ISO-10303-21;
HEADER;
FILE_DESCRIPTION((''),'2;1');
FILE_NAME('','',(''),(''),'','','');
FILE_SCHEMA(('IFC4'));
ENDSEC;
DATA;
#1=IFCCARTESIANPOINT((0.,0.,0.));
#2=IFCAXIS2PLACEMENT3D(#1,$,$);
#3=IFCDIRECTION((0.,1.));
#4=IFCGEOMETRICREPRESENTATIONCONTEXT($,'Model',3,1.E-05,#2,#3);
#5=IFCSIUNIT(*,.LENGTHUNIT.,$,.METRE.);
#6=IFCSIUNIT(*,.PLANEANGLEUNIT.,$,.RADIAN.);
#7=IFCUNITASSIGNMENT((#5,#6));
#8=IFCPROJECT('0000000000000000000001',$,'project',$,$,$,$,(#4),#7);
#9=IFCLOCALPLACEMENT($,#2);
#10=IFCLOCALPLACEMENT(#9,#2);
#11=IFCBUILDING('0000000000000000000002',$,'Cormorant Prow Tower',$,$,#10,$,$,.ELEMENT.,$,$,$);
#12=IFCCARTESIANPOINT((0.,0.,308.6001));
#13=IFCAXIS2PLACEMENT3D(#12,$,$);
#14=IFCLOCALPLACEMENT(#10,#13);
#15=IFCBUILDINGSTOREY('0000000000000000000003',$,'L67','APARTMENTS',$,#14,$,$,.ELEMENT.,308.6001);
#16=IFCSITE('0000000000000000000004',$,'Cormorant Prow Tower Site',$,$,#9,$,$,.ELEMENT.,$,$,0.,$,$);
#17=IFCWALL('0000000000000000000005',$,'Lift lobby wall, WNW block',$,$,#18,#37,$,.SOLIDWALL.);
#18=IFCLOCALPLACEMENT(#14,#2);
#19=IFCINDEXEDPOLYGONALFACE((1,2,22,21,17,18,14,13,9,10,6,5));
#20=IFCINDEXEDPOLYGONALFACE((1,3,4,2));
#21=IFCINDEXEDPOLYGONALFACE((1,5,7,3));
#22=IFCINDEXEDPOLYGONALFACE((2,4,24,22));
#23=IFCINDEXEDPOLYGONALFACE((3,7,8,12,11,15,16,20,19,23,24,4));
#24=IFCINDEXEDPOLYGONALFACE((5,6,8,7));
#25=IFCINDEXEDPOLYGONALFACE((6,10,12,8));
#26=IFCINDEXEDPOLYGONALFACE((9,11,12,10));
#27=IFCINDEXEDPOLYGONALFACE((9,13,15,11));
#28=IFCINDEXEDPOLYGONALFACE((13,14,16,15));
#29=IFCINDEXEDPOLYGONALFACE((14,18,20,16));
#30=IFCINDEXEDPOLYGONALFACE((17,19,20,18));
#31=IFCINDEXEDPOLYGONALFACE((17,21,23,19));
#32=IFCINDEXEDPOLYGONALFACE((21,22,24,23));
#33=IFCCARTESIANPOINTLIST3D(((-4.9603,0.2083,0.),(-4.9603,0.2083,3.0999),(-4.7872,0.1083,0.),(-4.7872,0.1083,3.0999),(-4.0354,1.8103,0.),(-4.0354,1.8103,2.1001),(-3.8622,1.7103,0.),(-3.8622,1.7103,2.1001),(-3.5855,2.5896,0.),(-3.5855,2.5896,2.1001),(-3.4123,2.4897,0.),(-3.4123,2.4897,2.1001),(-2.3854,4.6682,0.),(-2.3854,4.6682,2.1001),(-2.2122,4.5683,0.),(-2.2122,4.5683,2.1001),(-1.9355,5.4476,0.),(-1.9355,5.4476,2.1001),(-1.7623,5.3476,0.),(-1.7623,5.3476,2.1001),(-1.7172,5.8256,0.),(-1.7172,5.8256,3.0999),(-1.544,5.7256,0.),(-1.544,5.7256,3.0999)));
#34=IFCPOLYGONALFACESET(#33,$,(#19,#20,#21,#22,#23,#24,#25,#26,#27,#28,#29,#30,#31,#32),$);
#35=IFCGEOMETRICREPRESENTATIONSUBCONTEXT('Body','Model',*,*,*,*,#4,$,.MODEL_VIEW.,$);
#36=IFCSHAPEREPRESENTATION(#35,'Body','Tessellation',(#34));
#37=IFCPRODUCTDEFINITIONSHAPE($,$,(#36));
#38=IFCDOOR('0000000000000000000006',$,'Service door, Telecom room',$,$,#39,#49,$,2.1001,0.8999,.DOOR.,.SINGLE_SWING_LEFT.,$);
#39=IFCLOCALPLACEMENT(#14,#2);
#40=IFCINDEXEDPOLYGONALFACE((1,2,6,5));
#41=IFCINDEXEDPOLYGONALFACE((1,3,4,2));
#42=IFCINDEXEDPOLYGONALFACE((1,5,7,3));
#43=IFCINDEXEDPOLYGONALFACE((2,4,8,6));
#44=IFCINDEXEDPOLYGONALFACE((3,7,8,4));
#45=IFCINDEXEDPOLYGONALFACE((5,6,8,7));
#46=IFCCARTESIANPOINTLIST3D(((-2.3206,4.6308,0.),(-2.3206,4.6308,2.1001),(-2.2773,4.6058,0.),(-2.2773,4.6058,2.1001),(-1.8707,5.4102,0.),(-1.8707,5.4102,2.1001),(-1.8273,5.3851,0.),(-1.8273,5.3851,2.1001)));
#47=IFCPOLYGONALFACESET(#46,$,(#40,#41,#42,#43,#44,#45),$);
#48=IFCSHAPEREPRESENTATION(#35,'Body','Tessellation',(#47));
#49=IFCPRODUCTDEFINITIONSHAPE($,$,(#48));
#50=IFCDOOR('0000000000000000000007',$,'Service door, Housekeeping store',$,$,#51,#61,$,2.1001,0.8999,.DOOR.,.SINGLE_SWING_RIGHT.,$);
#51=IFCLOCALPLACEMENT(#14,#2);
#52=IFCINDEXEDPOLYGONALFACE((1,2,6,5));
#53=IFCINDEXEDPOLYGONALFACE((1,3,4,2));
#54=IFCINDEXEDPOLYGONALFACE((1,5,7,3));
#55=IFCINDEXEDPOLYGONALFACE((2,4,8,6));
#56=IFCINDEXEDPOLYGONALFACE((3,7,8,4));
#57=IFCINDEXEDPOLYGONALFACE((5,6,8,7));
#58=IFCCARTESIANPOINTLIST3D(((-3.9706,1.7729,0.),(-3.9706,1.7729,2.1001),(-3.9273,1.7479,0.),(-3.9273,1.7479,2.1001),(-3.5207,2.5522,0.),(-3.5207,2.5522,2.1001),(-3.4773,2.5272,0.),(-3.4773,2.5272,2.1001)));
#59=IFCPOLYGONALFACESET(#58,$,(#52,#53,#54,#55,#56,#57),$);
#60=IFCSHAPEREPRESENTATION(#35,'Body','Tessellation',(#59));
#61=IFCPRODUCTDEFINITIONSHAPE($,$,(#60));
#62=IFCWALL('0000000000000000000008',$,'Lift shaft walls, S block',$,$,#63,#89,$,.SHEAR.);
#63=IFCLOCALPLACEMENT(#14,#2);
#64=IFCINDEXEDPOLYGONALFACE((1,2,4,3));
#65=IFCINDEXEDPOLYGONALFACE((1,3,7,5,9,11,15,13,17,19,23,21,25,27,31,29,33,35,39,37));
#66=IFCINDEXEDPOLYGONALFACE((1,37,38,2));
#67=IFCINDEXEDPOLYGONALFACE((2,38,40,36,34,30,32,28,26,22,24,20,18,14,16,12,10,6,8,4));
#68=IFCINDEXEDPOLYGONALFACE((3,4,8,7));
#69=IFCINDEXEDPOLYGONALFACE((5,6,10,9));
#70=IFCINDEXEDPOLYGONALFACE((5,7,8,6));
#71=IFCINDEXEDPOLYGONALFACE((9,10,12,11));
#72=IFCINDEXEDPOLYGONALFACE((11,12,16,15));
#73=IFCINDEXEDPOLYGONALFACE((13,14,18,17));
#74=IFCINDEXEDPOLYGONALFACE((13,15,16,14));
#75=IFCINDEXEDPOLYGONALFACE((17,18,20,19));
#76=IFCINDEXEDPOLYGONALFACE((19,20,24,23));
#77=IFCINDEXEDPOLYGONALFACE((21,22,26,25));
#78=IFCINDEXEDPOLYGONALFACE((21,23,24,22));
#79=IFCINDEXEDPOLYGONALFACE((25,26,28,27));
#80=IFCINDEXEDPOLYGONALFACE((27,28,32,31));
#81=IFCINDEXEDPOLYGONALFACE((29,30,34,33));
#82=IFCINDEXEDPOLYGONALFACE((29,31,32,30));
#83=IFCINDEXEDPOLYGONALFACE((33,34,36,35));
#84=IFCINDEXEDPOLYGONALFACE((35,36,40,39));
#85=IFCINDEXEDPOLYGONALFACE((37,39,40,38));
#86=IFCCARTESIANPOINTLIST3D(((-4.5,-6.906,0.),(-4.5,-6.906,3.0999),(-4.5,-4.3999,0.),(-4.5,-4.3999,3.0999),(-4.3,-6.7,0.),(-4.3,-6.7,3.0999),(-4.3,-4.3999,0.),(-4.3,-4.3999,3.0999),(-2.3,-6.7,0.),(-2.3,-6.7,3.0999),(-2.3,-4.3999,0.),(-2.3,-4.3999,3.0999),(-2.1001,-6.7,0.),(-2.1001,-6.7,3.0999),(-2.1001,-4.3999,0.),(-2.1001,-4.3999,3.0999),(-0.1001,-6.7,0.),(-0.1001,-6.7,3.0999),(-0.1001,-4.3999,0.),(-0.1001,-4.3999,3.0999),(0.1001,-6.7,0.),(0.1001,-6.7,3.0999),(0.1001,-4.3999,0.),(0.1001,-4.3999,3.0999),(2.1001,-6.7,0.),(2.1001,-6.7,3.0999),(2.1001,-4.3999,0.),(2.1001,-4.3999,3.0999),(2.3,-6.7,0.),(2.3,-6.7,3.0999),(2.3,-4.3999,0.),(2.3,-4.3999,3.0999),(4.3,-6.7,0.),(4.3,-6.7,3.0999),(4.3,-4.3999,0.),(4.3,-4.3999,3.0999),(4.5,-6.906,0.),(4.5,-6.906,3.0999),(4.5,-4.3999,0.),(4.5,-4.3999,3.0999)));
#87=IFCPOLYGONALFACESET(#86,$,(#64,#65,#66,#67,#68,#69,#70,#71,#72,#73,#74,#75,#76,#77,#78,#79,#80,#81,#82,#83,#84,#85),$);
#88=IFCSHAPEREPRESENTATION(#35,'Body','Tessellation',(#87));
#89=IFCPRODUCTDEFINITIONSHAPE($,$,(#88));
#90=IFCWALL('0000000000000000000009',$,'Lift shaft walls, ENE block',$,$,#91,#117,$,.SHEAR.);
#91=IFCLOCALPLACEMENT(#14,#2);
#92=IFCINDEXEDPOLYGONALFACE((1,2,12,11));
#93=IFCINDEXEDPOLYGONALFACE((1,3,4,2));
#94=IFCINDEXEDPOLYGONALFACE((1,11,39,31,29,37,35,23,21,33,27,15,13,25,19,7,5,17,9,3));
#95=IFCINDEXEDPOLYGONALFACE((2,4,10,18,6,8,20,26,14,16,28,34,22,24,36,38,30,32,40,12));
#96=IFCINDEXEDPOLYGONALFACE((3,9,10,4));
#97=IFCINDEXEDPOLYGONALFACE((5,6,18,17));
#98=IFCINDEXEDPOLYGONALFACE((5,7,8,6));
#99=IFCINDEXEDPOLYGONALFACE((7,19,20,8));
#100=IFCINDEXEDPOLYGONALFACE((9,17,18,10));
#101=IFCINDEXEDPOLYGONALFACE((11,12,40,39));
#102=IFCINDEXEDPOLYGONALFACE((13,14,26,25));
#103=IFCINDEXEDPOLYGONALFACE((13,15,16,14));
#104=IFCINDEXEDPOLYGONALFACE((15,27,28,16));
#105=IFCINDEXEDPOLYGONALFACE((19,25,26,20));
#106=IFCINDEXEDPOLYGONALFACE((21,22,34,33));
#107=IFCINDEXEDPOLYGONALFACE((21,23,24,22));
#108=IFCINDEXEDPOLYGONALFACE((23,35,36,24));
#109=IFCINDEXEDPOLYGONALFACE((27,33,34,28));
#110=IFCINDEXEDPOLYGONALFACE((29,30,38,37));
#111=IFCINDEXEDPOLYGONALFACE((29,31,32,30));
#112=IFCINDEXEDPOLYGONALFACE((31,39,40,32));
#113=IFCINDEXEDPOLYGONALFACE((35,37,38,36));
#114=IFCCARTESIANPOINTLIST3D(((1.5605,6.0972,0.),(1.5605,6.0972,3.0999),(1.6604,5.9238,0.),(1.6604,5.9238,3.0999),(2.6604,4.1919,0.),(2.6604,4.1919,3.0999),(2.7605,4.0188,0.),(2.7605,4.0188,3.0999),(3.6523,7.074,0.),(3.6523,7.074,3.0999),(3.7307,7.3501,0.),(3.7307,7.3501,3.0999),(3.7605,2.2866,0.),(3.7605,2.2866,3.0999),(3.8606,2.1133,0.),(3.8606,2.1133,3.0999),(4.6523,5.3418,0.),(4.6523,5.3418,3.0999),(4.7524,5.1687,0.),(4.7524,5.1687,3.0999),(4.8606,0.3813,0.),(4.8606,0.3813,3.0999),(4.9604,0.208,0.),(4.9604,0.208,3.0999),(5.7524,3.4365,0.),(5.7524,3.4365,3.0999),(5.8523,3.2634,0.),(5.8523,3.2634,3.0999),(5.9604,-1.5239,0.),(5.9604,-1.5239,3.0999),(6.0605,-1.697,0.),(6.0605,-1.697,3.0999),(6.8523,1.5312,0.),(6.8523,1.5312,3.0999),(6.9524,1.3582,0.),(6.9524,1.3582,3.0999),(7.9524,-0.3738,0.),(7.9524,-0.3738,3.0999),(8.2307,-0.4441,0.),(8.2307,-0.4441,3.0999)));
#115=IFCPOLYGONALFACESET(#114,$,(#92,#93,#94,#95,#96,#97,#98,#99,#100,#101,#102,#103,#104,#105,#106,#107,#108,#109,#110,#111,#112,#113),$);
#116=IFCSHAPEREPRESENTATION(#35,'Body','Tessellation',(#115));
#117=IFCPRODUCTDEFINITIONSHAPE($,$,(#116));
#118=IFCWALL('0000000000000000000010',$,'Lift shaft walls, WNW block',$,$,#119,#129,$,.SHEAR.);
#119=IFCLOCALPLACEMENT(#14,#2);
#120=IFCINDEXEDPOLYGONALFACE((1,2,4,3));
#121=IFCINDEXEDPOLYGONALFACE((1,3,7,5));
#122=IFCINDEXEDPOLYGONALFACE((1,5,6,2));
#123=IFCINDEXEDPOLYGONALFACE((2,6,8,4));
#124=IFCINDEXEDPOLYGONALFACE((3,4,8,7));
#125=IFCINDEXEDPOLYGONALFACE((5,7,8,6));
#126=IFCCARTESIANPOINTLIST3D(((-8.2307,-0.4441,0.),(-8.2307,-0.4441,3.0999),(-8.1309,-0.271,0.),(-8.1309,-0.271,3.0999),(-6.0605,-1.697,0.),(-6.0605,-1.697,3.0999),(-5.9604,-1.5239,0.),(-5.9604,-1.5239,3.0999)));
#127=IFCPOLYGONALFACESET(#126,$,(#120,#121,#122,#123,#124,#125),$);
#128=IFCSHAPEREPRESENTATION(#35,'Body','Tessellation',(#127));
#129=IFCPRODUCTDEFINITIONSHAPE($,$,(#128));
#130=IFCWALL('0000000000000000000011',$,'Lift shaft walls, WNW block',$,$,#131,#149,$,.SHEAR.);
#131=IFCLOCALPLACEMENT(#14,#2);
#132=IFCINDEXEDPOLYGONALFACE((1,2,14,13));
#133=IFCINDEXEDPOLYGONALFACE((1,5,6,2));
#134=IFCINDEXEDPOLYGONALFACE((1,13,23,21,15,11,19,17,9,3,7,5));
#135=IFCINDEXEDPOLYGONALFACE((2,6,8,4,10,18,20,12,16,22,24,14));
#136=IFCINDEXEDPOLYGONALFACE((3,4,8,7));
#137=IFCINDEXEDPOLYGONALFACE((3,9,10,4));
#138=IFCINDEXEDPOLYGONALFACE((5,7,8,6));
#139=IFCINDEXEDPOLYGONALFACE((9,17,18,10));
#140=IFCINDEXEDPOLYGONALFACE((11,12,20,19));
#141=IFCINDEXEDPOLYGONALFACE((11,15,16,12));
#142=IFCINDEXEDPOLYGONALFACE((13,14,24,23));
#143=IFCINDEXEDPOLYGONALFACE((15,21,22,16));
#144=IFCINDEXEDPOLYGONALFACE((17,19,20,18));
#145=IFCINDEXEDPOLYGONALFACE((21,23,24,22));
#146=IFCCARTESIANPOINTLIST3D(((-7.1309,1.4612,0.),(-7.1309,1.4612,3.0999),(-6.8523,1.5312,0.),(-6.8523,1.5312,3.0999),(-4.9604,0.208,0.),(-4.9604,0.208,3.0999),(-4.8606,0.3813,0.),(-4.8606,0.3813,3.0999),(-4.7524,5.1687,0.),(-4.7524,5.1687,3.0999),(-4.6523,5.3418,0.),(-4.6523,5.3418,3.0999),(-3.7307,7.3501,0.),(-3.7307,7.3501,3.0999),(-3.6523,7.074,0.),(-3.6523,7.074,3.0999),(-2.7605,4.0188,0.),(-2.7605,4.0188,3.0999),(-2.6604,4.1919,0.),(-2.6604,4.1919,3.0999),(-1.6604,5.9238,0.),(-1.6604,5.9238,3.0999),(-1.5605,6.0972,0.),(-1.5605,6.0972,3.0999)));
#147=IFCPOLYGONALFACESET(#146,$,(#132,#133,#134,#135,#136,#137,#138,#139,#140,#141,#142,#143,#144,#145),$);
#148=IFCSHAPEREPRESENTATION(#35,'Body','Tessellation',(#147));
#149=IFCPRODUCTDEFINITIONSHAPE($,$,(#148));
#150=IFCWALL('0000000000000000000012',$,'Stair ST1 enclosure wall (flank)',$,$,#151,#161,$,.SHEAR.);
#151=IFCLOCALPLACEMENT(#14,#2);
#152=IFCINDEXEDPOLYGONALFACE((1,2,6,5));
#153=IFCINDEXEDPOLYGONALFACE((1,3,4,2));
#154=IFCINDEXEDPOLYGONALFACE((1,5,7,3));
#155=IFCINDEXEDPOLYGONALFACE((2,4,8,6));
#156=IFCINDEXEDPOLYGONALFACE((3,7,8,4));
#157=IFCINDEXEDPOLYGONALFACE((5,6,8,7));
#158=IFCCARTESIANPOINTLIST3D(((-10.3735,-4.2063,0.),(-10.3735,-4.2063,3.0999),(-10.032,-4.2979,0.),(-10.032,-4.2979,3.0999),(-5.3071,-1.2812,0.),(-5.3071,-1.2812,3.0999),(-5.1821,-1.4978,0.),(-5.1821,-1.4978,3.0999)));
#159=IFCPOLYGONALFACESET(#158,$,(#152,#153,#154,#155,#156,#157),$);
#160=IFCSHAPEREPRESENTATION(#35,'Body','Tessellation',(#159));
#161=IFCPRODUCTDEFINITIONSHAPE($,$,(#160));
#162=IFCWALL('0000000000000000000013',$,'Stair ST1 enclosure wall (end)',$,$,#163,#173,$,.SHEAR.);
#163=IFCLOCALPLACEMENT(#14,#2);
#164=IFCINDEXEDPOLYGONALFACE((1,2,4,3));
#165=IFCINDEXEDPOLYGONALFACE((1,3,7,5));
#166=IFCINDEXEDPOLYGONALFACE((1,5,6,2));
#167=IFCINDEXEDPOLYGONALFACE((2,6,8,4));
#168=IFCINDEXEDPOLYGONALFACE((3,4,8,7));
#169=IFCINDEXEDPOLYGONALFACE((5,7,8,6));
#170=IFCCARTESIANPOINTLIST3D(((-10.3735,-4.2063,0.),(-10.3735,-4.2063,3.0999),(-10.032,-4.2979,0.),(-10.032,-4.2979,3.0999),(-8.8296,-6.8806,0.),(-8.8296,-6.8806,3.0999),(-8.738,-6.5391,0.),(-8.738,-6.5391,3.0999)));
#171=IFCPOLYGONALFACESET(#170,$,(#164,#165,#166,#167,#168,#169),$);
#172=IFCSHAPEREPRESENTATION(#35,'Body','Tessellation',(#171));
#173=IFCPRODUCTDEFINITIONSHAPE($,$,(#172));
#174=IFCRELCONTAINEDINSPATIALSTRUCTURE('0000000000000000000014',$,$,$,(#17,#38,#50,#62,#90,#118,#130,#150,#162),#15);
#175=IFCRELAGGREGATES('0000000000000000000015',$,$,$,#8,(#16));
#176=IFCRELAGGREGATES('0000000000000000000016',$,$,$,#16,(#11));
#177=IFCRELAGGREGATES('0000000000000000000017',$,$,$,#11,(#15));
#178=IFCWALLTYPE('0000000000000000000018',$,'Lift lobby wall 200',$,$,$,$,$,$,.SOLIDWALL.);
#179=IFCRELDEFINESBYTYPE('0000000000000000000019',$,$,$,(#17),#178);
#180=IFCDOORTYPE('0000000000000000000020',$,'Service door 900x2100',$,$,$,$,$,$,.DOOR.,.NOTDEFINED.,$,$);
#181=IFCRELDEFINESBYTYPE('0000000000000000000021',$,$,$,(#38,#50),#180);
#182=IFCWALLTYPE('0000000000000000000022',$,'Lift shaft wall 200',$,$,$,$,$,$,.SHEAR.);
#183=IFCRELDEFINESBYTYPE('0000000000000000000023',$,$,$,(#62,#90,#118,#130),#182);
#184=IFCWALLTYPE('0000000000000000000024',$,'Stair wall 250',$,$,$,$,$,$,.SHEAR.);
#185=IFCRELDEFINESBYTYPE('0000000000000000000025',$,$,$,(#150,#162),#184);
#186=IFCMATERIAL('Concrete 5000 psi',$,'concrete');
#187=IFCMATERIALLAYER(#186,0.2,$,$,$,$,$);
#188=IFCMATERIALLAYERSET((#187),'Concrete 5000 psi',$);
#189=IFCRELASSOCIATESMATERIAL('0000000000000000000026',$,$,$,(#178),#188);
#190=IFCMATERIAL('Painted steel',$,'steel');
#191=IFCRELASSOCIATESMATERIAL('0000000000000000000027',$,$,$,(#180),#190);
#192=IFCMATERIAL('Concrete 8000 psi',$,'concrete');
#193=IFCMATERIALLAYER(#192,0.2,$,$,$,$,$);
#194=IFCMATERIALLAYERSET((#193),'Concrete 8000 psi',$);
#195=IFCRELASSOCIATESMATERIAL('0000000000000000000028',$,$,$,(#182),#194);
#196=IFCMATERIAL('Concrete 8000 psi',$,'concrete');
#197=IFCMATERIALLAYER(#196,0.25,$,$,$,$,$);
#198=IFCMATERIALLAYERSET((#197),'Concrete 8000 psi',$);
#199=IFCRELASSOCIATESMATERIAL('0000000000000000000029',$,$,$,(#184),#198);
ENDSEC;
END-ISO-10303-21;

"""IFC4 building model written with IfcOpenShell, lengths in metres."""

from ifc_helpers import new_model, si_unit, direction, frame, frame_2d, origin, place, context, subcontext, project, spatial, polyline, rectangle, outline, extrude, material, layer, layer_set, type_object, element, fill, save


model = new_model("IFC4")

# Units and contexts
model_context = context("Model", 3, precision=1e-05, world=origin(), true_north=direction((0.0, 1.0)))
body_context = subcontext(model_context, "Body", "Model", "MODEL_VIEW")
ifc_project = project(units=[si_unit("LENGTHUNIT", "METRE"), si_unit("PLANEANGLEUNIT", "RADIAN")], contexts=[model_context])

# Site, building, storey
site_placement = place(None, origin())
site = spatial("IfcSite", under=ifc_project, at=site_placement, Name="Cormorant Prow Tower Site", CompositionType="ELEMENT", RefElevation=0.0)
building_placement = place(site_placement, origin())
building = spatial("IfcBuilding", under=site, at=building_placement, Name="Cormorant Prow Tower", CompositionType="ELEMENT")
storey_placement = place(building_placement, frame((0.0, 0.0, 308.6001)))
storey = spatial("IfcBuildingStorey", under=building, at=storey_placement, Name="L67", Description="APARTMENTS", CompositionType="ELEMENT", Elevation=308.6001)

# Wall, openings, doors
ifc_material_1 = material(Name="Concrete 5000 psi", Category="concrete")
ifc_layer_1 = layer(ifc_material_1, 0.2)
ifc_layer_set_1 = layer_set([ifc_layer_1], Name="Concrete 5000 psi")
wall_type_1 = type_object("IfcWallType", Name="Lift lobby wall 200", PredefinedType="SOLIDWALL", material=ifc_layer_set_1)
wall_1_placement = place(storey_placement, frame((-1.6306, 5.7756, 0.0), z_axis=(0.0, 0.0, 1.0), x_axis=(-0.499993, -0.86603, 0.0)))
wall_1 = element("IfcWall", 1, at=wall_1_placement, inside=storey, type_object=wall_type_1, Name="Lift lobby wall, WNW block", PredefinedType="SOLIDWALL", context=body_context, shape_type="SweptSolid", body=[
    extrude(rectangle(XDim=6.4863, YDim=0.2, at=frame_2d((3.2432, 0.0))), origin(), (0.0, 0.0, 1.0), 3.0999),
])
opening_1_placement = place(wall_1_placement, frame((0.4365, 0.0, 0.0)))
opening_1 = element("IfcOpeningElement", 2, at=opening_1_placement, cuts=wall_1, PredefinedType="OPENING", context=body_context, shape_type="SweptSolid", body=[
    extrude(rectangle(XDim=0.8999, YDim=2.1001, at=frame_2d((0.45, 1.05))), frame((0.0, 0.1099, 0.0), z_axis=(0.0, -1.0, 0.0), x_axis=(1.0, 0.0, 0.0)), (0.0, 0.0, 1.0), 0.22),
])
opening_2_placement = place(wall_1_placement, frame((3.7366, 0.0, 0.0)))
opening_2 = element("IfcOpeningElement", 3, at=opening_2_placement, cuts=wall_1, PredefinedType="OPENING", context=body_context, shape_type="SweptSolid", body=[
    extrude(rectangle(XDim=0.8999, YDim=2.1001, at=frame_2d((0.45, 1.05))), frame((0.0, 0.1099, 0.0), z_axis=(0.0, -1.0, 0.0), x_axis=(1.0, 0.0, 0.0)), (0.0, 0.0, 1.0), 0.22),
])
ifc_material_2 = material(Name="Painted steel", Category="steel")
door_type_1 = type_object("IfcDoorType", Name="Service door 900x2100", OperationType="NOTDEFINED", PredefinedType="DOOR", material=ifc_material_2)
door_1_placement = place(opening_1_placement, origin())
door_1 = element("IfcDoor", 4, at=door_1_placement, inside=storey, type_object=door_type_1, Name="Service door, Telecom room", OperationType="SINGLE_SWING_LEFT", OverallHeight=2.1001, OverallWidth=0.8999, PredefinedType="DOOR", context=body_context, shape_type="SweptSolid", body=[
    extrude(rectangle(XDim=0.8999, YDim=2.1001, at=frame_2d((0.45, 1.05))), frame((0.0, 0.0249, 0.0), z_axis=(0.0, -1.0, 0.0), x_axis=(1.0, 0.0, 0.0)), (0.0, 0.0, 1.0), 0.05),
])
fill(opening_1, door_1)
door_2_placement = place(opening_2_placement, origin())
door_2 = element("IfcDoor", 5, at=door_2_placement, inside=storey, type_object=door_type_1, Name="Service door, Housekeeping store", OperationType="SINGLE_SWING_RIGHT", OverallHeight=2.1001, OverallWidth=0.8999, PredefinedType="DOOR", context=body_context, shape_type="SweptSolid", body=[
    extrude(rectangle(XDim=0.8999, YDim=2.1001, at=frame_2d((0.45, 1.05))), frame((0.0, 0.0249, 0.0), z_axis=(0.0, -1.0, 0.0), x_axis=(1.0, 0.0, 0.0)), (0.0, 0.0, 1.0), 0.05),
])
fill(opening_2, door_2)

# Walls
ifc_material_3 = material(Name="Concrete 8000 psi", Category="concrete")
ifc_layer_2 = layer(ifc_material_3, 0.2)
ifc_layer_set_2 = layer_set([ifc_layer_2], Name="Concrete 8000 psi")
wall_type_2 = type_object("IfcWallType", Name="Lift shaft wall 200", PredefinedType="SHEAR", material=ifc_layer_set_2)
wall_2_placement = place(storey_placement, origin())
element("IfcWall", 6, at=wall_2_placement, inside=storey, type_object=wall_type_2, Name="Lift shaft walls, S block", PredefinedType="SHEAR", context=body_context, shape_type="SweptSolid", body=[
    extrude(outline(polyline([(4.5, -4.3999), (4.5, -6.906), (-4.5, -6.906), (-4.5, -4.3999), (-4.3, -4.3999), (-4.3, -6.7), (-2.3, -6.7), (-2.3, -4.3999), (-2.1001, -4.3999), (-2.1001, -6.7), (-0.1001, -6.7), (-0.1001, -4.3999), (0.1001, -4.3999), (0.1001, -6.7), (2.1001, -6.7), (2.1001, -4.3999), (2.3, -4.3999), (2.3, -6.7), (4.3, -6.7), (4.3, -4.3999), (4.5, -4.3999)])), origin(), (0.0, 0.0, 1.0), 3.0999),
])
wall_3_placement = place(storey_placement, origin())
element("IfcWall", 7, at=wall_3_placement, inside=storey, type_object=wall_type_2, Name="Lift shaft walls, ENE block", PredefinedType="SHEAR", context=body_context, shape_type="SweptSolid", body=[
    extrude(outline(polyline([(1.5605, 6.0972), (3.7307, 7.3501), (8.2307, -0.4441), (6.0605, -1.697), (5.9604, -1.5239), (7.9524, -0.3738), (6.9524, 1.3582), (4.9604, 0.208), (4.8606, 0.3813), (6.8523, 1.5312), (5.8523, 3.2634), (3.8606, 2.1133), (3.7605, 2.2866), (5.7524, 3.4365), (4.7524, 5.1687), (2.7605, 4.0188), (2.6604, 4.1919), (4.6523, 5.3418), (3.6523, 7.074), (1.6604, 5.9238), (1.5605, 6.0972)])), origin(), (0.0, 0.0, 1.0), 3.0999),
])
wall_4_placement = place(storey_placement, origin())
element("IfcWall", 8, at=wall_4_placement, inside=storey, type_object=wall_type_2, Name="Lift shaft walls, WNW block", PredefinedType="SHEAR", context=body_context, shape_type="SweptSolid", body=[
    extrude(outline(polyline([(-6.0605, -1.697), (-8.2307, -0.4441), (-8.1309, -0.271), (-5.9604, -1.5239), (-6.0605, -1.697)])), origin(), (0.0, 0.0, 1.0), 3.0999),
])
wall_5_placement = place(storey_placement, origin())
element("IfcWall", 9, at=wall_5_placement, inside=storey, type_object=wall_type_2, Name="Lift shaft walls, WNW block", PredefinedType="SHEAR", context=body_context, shape_type="SweptSolid", body=[
    extrude(outline(polyline([(-4.9604, 0.208), (-7.1309, 1.4612), (-3.7307, 7.3501), (-1.5605, 6.0972), (-1.6604, 5.9238), (-3.6523, 7.074), (-4.6523, 5.3418), (-2.6604, 4.1919), (-2.7605, 4.0188), (-4.7524, 5.1687), (-6.8523, 1.5312), (-4.8606, 0.3813), (-4.9604, 0.208)])), origin(), (0.0, 0.0, 1.0), 3.0999),
])
ifc_material_4 = material(Name="Concrete 8000 psi", Category="concrete")
ifc_layer_3 = layer(ifc_material_4, 0.25)
ifc_layer_set_3 = layer_set([ifc_layer_3], Name="Concrete 8000 psi")
wall_type_3 = type_object("IfcWallType", Name="Stair wall 250", PredefinedType="SHEAR", material=ifc_layer_set_3)
wall_6_placement = place(storey_placement, origin())
element("IfcWall", 10, at=wall_6_placement, inside=storey, type_object=wall_type_3, Name="Stair ST1 enclosure wall (flank)", PredefinedType="SHEAR", context=body_context, shape_type="SweptSolid", body=[
    extrude(outline(polyline([(-5.3071, -1.2812), (-10.3735, -4.2063), (-10.032, -4.2979), (-5.1821, -1.4978), (-5.3071, -1.2812)])), origin(), (0.0, 0.0, 1.0), 3.0999),
])
wall_7_placement = place(storey_placement, origin())
element("IfcWall", 11, at=wall_7_placement, inside=storey, type_object=wall_type_3, Name="Stair ST1 enclosure wall (end)", PredefinedType="SHEAR", context=body_context, shape_type="SweptSolid", body=[
    extrude(outline(polyline([(-10.3735, -4.2063), (-8.8296, -6.8806), (-8.738, -6.5391), (-10.032, -4.2979), (-10.3735, -4.2063)])), origin(), (0.0, 0.0, 1.0), 3.0999),
])

save(model, "model.ifc")
